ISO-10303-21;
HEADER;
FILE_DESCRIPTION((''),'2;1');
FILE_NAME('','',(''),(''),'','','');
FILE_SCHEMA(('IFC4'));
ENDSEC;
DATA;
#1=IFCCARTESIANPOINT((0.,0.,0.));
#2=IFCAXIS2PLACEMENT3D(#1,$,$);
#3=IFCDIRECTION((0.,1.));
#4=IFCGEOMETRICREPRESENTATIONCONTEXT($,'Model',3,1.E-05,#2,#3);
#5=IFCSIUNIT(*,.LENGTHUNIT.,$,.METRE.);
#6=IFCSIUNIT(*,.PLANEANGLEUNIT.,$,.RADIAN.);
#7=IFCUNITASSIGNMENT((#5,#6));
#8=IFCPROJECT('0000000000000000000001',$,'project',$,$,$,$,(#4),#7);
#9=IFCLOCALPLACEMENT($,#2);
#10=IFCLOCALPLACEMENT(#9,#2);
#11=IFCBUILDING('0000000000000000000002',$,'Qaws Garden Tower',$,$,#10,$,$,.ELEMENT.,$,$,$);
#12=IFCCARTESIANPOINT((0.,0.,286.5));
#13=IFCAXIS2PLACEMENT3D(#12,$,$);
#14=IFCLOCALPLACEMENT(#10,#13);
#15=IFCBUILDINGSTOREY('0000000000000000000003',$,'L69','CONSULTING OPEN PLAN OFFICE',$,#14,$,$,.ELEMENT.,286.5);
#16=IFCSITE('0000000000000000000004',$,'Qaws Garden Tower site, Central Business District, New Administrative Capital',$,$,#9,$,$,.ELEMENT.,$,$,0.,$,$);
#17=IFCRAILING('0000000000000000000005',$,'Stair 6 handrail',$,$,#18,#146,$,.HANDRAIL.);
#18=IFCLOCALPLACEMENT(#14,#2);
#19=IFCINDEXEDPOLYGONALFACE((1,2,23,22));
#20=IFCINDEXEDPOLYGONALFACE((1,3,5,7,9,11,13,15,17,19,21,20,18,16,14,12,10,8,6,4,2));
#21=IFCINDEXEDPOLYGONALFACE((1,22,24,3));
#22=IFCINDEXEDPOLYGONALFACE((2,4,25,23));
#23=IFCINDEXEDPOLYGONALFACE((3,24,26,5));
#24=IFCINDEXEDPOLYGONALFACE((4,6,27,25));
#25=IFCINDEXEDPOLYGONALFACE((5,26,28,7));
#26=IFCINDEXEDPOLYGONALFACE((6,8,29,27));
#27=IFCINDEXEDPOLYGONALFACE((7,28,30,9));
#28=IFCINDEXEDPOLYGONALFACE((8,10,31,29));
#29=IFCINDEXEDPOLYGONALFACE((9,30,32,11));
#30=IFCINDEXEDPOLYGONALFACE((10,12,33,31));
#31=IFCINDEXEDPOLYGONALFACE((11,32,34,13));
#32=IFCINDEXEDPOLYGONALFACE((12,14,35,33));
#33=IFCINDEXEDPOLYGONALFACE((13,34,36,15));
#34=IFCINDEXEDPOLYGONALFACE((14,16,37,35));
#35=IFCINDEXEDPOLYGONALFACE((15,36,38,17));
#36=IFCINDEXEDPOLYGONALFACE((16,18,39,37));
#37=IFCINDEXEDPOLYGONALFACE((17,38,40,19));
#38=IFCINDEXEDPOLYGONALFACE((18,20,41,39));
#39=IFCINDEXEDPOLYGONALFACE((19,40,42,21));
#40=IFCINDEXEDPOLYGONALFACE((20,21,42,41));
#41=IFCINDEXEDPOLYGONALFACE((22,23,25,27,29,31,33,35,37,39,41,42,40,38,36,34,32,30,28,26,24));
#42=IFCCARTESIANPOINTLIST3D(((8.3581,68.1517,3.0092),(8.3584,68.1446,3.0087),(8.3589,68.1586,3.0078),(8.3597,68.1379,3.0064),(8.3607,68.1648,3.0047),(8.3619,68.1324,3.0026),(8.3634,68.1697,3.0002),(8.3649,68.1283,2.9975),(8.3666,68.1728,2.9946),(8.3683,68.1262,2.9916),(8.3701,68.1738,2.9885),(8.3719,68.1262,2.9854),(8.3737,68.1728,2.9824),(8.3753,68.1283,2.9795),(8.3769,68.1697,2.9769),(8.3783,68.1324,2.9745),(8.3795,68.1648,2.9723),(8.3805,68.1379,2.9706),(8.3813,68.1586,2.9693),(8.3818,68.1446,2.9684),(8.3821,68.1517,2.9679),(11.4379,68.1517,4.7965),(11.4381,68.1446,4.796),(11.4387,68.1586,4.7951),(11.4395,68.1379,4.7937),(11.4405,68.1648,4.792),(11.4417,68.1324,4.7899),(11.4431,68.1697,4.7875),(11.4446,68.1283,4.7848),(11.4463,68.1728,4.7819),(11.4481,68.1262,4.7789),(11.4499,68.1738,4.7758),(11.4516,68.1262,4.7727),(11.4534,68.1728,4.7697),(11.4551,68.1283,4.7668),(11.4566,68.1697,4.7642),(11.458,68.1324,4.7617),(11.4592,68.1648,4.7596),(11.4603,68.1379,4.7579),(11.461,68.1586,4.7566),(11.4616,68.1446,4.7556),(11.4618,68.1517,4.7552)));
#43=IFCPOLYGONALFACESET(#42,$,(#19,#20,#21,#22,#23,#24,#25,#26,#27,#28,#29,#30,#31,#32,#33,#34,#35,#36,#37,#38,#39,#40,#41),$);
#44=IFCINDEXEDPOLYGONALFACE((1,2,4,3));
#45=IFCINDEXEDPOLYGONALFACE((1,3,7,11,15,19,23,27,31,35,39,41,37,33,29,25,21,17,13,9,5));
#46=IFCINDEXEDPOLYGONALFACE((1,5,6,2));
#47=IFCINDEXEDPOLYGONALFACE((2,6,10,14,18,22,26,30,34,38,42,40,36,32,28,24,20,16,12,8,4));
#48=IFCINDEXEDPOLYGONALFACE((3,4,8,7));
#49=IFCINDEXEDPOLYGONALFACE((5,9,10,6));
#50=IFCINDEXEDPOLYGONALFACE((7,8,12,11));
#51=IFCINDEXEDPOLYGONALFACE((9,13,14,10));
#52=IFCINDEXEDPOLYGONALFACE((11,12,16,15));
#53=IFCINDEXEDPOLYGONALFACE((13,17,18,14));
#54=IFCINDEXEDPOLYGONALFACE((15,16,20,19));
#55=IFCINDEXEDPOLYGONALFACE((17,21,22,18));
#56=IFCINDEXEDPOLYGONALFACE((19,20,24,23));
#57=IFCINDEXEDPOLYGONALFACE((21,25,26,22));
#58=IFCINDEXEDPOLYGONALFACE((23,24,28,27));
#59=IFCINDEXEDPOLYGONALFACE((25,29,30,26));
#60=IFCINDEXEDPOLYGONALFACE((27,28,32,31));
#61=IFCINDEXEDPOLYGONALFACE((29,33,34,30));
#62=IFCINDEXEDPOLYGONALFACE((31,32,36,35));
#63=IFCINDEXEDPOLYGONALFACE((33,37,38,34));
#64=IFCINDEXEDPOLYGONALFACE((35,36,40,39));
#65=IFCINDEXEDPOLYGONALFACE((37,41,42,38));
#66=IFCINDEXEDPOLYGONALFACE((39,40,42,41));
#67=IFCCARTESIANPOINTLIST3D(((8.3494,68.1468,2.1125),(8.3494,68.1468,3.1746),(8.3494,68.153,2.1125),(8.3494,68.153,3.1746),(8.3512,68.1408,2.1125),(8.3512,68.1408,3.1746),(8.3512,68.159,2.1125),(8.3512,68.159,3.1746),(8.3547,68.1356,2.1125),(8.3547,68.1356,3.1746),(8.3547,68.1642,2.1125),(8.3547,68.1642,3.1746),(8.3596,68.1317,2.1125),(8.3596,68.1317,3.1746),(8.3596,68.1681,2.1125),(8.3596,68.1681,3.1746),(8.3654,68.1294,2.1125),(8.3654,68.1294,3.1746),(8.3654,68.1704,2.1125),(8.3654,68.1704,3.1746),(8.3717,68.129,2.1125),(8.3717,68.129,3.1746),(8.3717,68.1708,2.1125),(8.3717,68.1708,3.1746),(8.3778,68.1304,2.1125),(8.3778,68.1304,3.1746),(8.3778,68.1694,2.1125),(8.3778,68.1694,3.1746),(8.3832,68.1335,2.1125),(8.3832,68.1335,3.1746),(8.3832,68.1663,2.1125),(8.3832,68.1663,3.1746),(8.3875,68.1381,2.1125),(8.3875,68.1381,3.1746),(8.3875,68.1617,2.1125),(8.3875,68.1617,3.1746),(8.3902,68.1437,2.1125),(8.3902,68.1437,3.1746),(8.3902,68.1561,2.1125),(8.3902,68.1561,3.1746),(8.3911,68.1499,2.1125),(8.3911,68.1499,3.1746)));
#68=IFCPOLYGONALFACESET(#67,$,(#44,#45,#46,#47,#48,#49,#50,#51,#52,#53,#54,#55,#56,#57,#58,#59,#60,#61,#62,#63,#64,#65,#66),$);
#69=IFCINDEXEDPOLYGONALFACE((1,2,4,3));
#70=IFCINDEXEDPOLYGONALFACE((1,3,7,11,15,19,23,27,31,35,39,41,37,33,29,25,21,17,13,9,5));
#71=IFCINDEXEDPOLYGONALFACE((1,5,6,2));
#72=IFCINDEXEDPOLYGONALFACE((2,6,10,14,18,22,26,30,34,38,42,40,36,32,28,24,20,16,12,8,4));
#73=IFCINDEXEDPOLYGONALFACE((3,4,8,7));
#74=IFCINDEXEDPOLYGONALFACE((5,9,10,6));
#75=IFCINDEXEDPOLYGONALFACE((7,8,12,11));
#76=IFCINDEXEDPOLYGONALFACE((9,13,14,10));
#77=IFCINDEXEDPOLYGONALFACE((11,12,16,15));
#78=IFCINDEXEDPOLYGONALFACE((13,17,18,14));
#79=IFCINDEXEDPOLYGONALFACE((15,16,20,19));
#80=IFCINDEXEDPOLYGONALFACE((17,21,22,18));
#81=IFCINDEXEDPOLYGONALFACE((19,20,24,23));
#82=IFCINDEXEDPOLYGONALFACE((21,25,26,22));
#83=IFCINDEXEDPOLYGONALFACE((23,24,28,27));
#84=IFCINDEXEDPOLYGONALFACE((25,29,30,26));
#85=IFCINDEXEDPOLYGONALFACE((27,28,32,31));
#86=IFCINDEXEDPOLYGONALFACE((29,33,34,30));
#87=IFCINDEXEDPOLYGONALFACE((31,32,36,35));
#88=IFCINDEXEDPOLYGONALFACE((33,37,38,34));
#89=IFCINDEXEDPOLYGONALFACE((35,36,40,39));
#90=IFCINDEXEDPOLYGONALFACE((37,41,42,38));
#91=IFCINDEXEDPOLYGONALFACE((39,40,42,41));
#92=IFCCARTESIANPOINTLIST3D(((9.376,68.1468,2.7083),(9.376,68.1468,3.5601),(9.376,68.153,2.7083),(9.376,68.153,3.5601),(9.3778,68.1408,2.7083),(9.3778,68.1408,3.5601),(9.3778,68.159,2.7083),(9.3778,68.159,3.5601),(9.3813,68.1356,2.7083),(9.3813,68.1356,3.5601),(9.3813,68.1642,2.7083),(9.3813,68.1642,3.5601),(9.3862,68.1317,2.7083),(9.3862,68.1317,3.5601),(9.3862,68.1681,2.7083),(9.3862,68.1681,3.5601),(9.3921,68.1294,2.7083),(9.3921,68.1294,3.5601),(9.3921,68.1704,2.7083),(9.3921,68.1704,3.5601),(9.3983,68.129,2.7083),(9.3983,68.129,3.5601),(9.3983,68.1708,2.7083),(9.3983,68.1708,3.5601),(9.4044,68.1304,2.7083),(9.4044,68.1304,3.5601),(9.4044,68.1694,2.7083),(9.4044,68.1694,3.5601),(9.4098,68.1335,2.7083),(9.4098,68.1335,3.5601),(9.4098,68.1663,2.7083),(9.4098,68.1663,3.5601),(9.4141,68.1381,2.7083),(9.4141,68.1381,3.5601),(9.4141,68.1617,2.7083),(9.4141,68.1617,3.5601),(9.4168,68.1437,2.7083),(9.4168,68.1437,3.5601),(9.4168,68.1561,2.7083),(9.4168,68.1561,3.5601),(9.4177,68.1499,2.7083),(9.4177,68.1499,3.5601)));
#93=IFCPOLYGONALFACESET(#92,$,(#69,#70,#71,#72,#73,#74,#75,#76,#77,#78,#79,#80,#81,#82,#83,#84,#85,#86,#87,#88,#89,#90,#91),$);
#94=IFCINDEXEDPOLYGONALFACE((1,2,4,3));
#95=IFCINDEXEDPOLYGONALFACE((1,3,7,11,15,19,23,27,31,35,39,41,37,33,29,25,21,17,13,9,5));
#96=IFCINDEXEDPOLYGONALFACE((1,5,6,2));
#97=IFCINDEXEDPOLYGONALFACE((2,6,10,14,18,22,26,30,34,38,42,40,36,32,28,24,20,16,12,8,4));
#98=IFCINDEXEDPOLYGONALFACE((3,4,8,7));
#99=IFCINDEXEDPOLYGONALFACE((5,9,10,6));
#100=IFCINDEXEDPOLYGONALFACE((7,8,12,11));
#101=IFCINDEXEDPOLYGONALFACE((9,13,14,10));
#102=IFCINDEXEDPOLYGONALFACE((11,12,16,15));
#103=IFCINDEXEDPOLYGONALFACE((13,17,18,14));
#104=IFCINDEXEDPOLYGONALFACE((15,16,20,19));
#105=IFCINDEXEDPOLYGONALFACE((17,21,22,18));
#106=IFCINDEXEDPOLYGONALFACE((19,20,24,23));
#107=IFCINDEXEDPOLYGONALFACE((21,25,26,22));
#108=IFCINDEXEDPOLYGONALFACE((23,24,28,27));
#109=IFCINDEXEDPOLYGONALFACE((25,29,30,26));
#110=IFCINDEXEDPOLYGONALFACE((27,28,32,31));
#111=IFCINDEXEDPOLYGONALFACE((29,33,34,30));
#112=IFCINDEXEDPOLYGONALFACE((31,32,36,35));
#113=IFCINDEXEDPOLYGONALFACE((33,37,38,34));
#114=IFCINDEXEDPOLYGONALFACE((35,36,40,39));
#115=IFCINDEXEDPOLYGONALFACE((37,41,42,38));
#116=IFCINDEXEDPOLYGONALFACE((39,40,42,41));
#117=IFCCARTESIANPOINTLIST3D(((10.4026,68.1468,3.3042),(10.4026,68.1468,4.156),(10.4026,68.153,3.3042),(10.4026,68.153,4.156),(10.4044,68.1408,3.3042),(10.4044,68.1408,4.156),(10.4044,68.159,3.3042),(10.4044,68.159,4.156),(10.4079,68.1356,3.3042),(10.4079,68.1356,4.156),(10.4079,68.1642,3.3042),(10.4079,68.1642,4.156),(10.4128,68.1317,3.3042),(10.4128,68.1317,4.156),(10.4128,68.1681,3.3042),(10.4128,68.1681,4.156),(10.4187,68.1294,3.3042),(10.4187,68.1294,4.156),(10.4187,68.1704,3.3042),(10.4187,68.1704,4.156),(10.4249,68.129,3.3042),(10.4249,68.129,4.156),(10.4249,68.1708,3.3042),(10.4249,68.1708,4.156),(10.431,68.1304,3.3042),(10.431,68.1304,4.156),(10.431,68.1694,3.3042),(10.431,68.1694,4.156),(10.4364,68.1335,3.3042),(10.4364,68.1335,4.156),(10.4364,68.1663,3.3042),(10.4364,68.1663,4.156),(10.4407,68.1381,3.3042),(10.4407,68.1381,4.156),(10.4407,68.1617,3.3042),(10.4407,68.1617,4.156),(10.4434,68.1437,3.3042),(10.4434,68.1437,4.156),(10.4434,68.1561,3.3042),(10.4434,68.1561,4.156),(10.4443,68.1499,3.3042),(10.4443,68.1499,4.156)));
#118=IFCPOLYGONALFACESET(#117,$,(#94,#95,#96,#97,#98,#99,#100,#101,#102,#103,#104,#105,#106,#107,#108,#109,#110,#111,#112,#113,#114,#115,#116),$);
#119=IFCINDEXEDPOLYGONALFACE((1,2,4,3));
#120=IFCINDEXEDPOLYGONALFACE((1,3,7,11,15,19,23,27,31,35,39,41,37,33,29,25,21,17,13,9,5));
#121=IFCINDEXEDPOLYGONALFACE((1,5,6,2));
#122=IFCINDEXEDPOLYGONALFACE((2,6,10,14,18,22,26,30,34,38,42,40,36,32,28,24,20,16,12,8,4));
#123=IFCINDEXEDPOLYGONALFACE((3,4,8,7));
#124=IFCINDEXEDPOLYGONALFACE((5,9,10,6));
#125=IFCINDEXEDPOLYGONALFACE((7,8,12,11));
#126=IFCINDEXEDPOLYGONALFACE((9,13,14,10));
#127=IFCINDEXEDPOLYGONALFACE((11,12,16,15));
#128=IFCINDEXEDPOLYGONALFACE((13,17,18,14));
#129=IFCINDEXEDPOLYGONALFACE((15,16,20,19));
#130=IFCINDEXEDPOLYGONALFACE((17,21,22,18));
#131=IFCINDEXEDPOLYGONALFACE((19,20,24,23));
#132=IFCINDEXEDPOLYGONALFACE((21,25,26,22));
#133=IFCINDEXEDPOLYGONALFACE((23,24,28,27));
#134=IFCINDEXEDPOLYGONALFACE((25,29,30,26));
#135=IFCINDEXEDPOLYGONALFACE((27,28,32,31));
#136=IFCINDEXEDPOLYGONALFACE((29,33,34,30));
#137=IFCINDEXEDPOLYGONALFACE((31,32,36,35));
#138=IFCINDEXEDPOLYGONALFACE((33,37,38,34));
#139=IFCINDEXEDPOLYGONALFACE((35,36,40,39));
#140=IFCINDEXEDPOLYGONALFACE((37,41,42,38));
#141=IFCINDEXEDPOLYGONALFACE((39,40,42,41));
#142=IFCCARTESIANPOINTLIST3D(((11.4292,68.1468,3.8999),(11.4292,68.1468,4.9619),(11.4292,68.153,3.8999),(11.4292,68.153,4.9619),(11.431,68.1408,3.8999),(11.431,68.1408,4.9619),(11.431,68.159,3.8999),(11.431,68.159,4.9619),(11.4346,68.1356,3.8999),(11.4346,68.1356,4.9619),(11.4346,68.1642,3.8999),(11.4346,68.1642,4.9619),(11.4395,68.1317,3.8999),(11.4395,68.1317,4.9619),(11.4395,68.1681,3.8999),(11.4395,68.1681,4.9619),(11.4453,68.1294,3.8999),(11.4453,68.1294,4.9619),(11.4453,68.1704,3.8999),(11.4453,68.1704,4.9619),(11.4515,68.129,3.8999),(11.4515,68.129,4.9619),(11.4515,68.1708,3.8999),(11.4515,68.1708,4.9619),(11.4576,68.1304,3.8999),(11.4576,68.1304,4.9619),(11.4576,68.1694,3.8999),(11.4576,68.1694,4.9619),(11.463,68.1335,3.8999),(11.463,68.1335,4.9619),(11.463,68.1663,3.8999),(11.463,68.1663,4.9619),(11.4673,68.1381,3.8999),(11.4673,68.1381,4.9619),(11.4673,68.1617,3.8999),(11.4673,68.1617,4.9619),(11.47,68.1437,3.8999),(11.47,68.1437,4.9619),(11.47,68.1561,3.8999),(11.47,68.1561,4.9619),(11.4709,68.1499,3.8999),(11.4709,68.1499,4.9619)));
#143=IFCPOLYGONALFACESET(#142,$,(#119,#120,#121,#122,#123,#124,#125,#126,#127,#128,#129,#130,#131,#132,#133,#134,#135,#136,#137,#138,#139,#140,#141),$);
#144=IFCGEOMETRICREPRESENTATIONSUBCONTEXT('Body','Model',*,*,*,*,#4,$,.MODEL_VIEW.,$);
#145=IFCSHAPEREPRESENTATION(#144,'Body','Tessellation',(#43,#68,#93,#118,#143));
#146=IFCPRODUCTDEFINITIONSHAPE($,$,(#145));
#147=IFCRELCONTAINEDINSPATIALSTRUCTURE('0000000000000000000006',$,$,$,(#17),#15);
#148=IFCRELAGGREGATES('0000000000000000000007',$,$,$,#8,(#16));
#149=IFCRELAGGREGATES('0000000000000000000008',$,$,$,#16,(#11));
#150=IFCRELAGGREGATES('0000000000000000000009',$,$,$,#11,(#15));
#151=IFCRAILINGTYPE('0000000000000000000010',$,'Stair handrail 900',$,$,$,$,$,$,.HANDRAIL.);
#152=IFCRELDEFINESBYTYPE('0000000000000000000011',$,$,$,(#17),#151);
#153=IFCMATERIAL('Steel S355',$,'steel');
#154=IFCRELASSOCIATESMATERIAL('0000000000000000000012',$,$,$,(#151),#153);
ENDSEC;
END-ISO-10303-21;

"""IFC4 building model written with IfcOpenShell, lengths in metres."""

from ifc_helpers import new_model, si_unit, direction, frame, origin, origin_2d, place, context, subcontext, project, spatial, circle, extrude, material, type_object, element, save


model = new_model("IFC4")

# Units and contexts
model_context = context("Model", 3, precision=1e-05, world=origin(), true_north=direction((0.0, 1.0)))
body_context = subcontext(model_context, "Body", "Model", "MODEL_VIEW")
ifc_project = project(units=[si_unit("LENGTHUNIT", "METRE"), si_unit("PLANEANGLEUNIT", "RADIAN")], contexts=[model_context])

# Site, building, storey
site_placement = place(None, origin())
site = spatial("IfcSite", under=ifc_project, at=site_placement, Name="Qaws Garden Tower site, Central Business District, New Administrative Capital", CompositionType="ELEMENT", RefElevation=0.0)
building_placement = place(site_placement, origin())
building = spatial("IfcBuilding", under=site, at=building_placement, Name="Qaws Garden Tower", CompositionType="ELEMENT")
storey_placement = place(building_placement, frame((0.0, 0.0, 286.5)))
storey = spatial("IfcBuildingStorey", under=building, at=storey_placement, Name="L69", Description="CONSULTING OPEN PLAN OFFICE", CompositionType="ELEMENT", Elevation=286.5)

# Railing
ifc_material_1 = material(Name="Steel S355", Category="steel")
railing_type = type_object("IfcRailingType", Name="Stair handrail 900", PredefinedType="HANDRAIL", material=ifc_material_1)
railing_1_placement = place(storey_placement, frame((8.3701, 68.1499, 2.1125)))
element("IfcRailing", 1, at=railing_1_placement, inside=storey, type_object=railing_type, Name="Stair 6 handrail", PredefinedType="HANDRAIL", context=body_context, shape_type="SweptSolid", body=[
    extrude(circle(Radius=0.0239, at=origin_2d()), frame((0.0, 0.0, 0.876), z_axis=(0.864903, 0.0, 0.501939), x_axis=(0.0, 1.0, 0.0)), (0.0, 0.0, 1.0), 3.5608),
    extrude(circle(Radius=0.021, at=origin_2d()), origin(), (0.0, 0.0, 1.0), 1.062),
    extrude(circle(Radius=0.021, at=origin_2d()), frame((1.0266, 0.0, 0.5957)), (0.0, 0.0, 1.0), 0.8518),
    extrude(circle(Radius=0.021, at=origin_2d()), frame((2.0532, 0.0, 1.1917)), (0.0, 0.0, 1.0), 0.8518),
    extrude(circle(Radius=0.021, at=origin_2d()), frame((3.0798, 0.0, 1.7874)), (0.0, 0.0, 1.0), 1.062),
])

save(model, "model.ifc")
